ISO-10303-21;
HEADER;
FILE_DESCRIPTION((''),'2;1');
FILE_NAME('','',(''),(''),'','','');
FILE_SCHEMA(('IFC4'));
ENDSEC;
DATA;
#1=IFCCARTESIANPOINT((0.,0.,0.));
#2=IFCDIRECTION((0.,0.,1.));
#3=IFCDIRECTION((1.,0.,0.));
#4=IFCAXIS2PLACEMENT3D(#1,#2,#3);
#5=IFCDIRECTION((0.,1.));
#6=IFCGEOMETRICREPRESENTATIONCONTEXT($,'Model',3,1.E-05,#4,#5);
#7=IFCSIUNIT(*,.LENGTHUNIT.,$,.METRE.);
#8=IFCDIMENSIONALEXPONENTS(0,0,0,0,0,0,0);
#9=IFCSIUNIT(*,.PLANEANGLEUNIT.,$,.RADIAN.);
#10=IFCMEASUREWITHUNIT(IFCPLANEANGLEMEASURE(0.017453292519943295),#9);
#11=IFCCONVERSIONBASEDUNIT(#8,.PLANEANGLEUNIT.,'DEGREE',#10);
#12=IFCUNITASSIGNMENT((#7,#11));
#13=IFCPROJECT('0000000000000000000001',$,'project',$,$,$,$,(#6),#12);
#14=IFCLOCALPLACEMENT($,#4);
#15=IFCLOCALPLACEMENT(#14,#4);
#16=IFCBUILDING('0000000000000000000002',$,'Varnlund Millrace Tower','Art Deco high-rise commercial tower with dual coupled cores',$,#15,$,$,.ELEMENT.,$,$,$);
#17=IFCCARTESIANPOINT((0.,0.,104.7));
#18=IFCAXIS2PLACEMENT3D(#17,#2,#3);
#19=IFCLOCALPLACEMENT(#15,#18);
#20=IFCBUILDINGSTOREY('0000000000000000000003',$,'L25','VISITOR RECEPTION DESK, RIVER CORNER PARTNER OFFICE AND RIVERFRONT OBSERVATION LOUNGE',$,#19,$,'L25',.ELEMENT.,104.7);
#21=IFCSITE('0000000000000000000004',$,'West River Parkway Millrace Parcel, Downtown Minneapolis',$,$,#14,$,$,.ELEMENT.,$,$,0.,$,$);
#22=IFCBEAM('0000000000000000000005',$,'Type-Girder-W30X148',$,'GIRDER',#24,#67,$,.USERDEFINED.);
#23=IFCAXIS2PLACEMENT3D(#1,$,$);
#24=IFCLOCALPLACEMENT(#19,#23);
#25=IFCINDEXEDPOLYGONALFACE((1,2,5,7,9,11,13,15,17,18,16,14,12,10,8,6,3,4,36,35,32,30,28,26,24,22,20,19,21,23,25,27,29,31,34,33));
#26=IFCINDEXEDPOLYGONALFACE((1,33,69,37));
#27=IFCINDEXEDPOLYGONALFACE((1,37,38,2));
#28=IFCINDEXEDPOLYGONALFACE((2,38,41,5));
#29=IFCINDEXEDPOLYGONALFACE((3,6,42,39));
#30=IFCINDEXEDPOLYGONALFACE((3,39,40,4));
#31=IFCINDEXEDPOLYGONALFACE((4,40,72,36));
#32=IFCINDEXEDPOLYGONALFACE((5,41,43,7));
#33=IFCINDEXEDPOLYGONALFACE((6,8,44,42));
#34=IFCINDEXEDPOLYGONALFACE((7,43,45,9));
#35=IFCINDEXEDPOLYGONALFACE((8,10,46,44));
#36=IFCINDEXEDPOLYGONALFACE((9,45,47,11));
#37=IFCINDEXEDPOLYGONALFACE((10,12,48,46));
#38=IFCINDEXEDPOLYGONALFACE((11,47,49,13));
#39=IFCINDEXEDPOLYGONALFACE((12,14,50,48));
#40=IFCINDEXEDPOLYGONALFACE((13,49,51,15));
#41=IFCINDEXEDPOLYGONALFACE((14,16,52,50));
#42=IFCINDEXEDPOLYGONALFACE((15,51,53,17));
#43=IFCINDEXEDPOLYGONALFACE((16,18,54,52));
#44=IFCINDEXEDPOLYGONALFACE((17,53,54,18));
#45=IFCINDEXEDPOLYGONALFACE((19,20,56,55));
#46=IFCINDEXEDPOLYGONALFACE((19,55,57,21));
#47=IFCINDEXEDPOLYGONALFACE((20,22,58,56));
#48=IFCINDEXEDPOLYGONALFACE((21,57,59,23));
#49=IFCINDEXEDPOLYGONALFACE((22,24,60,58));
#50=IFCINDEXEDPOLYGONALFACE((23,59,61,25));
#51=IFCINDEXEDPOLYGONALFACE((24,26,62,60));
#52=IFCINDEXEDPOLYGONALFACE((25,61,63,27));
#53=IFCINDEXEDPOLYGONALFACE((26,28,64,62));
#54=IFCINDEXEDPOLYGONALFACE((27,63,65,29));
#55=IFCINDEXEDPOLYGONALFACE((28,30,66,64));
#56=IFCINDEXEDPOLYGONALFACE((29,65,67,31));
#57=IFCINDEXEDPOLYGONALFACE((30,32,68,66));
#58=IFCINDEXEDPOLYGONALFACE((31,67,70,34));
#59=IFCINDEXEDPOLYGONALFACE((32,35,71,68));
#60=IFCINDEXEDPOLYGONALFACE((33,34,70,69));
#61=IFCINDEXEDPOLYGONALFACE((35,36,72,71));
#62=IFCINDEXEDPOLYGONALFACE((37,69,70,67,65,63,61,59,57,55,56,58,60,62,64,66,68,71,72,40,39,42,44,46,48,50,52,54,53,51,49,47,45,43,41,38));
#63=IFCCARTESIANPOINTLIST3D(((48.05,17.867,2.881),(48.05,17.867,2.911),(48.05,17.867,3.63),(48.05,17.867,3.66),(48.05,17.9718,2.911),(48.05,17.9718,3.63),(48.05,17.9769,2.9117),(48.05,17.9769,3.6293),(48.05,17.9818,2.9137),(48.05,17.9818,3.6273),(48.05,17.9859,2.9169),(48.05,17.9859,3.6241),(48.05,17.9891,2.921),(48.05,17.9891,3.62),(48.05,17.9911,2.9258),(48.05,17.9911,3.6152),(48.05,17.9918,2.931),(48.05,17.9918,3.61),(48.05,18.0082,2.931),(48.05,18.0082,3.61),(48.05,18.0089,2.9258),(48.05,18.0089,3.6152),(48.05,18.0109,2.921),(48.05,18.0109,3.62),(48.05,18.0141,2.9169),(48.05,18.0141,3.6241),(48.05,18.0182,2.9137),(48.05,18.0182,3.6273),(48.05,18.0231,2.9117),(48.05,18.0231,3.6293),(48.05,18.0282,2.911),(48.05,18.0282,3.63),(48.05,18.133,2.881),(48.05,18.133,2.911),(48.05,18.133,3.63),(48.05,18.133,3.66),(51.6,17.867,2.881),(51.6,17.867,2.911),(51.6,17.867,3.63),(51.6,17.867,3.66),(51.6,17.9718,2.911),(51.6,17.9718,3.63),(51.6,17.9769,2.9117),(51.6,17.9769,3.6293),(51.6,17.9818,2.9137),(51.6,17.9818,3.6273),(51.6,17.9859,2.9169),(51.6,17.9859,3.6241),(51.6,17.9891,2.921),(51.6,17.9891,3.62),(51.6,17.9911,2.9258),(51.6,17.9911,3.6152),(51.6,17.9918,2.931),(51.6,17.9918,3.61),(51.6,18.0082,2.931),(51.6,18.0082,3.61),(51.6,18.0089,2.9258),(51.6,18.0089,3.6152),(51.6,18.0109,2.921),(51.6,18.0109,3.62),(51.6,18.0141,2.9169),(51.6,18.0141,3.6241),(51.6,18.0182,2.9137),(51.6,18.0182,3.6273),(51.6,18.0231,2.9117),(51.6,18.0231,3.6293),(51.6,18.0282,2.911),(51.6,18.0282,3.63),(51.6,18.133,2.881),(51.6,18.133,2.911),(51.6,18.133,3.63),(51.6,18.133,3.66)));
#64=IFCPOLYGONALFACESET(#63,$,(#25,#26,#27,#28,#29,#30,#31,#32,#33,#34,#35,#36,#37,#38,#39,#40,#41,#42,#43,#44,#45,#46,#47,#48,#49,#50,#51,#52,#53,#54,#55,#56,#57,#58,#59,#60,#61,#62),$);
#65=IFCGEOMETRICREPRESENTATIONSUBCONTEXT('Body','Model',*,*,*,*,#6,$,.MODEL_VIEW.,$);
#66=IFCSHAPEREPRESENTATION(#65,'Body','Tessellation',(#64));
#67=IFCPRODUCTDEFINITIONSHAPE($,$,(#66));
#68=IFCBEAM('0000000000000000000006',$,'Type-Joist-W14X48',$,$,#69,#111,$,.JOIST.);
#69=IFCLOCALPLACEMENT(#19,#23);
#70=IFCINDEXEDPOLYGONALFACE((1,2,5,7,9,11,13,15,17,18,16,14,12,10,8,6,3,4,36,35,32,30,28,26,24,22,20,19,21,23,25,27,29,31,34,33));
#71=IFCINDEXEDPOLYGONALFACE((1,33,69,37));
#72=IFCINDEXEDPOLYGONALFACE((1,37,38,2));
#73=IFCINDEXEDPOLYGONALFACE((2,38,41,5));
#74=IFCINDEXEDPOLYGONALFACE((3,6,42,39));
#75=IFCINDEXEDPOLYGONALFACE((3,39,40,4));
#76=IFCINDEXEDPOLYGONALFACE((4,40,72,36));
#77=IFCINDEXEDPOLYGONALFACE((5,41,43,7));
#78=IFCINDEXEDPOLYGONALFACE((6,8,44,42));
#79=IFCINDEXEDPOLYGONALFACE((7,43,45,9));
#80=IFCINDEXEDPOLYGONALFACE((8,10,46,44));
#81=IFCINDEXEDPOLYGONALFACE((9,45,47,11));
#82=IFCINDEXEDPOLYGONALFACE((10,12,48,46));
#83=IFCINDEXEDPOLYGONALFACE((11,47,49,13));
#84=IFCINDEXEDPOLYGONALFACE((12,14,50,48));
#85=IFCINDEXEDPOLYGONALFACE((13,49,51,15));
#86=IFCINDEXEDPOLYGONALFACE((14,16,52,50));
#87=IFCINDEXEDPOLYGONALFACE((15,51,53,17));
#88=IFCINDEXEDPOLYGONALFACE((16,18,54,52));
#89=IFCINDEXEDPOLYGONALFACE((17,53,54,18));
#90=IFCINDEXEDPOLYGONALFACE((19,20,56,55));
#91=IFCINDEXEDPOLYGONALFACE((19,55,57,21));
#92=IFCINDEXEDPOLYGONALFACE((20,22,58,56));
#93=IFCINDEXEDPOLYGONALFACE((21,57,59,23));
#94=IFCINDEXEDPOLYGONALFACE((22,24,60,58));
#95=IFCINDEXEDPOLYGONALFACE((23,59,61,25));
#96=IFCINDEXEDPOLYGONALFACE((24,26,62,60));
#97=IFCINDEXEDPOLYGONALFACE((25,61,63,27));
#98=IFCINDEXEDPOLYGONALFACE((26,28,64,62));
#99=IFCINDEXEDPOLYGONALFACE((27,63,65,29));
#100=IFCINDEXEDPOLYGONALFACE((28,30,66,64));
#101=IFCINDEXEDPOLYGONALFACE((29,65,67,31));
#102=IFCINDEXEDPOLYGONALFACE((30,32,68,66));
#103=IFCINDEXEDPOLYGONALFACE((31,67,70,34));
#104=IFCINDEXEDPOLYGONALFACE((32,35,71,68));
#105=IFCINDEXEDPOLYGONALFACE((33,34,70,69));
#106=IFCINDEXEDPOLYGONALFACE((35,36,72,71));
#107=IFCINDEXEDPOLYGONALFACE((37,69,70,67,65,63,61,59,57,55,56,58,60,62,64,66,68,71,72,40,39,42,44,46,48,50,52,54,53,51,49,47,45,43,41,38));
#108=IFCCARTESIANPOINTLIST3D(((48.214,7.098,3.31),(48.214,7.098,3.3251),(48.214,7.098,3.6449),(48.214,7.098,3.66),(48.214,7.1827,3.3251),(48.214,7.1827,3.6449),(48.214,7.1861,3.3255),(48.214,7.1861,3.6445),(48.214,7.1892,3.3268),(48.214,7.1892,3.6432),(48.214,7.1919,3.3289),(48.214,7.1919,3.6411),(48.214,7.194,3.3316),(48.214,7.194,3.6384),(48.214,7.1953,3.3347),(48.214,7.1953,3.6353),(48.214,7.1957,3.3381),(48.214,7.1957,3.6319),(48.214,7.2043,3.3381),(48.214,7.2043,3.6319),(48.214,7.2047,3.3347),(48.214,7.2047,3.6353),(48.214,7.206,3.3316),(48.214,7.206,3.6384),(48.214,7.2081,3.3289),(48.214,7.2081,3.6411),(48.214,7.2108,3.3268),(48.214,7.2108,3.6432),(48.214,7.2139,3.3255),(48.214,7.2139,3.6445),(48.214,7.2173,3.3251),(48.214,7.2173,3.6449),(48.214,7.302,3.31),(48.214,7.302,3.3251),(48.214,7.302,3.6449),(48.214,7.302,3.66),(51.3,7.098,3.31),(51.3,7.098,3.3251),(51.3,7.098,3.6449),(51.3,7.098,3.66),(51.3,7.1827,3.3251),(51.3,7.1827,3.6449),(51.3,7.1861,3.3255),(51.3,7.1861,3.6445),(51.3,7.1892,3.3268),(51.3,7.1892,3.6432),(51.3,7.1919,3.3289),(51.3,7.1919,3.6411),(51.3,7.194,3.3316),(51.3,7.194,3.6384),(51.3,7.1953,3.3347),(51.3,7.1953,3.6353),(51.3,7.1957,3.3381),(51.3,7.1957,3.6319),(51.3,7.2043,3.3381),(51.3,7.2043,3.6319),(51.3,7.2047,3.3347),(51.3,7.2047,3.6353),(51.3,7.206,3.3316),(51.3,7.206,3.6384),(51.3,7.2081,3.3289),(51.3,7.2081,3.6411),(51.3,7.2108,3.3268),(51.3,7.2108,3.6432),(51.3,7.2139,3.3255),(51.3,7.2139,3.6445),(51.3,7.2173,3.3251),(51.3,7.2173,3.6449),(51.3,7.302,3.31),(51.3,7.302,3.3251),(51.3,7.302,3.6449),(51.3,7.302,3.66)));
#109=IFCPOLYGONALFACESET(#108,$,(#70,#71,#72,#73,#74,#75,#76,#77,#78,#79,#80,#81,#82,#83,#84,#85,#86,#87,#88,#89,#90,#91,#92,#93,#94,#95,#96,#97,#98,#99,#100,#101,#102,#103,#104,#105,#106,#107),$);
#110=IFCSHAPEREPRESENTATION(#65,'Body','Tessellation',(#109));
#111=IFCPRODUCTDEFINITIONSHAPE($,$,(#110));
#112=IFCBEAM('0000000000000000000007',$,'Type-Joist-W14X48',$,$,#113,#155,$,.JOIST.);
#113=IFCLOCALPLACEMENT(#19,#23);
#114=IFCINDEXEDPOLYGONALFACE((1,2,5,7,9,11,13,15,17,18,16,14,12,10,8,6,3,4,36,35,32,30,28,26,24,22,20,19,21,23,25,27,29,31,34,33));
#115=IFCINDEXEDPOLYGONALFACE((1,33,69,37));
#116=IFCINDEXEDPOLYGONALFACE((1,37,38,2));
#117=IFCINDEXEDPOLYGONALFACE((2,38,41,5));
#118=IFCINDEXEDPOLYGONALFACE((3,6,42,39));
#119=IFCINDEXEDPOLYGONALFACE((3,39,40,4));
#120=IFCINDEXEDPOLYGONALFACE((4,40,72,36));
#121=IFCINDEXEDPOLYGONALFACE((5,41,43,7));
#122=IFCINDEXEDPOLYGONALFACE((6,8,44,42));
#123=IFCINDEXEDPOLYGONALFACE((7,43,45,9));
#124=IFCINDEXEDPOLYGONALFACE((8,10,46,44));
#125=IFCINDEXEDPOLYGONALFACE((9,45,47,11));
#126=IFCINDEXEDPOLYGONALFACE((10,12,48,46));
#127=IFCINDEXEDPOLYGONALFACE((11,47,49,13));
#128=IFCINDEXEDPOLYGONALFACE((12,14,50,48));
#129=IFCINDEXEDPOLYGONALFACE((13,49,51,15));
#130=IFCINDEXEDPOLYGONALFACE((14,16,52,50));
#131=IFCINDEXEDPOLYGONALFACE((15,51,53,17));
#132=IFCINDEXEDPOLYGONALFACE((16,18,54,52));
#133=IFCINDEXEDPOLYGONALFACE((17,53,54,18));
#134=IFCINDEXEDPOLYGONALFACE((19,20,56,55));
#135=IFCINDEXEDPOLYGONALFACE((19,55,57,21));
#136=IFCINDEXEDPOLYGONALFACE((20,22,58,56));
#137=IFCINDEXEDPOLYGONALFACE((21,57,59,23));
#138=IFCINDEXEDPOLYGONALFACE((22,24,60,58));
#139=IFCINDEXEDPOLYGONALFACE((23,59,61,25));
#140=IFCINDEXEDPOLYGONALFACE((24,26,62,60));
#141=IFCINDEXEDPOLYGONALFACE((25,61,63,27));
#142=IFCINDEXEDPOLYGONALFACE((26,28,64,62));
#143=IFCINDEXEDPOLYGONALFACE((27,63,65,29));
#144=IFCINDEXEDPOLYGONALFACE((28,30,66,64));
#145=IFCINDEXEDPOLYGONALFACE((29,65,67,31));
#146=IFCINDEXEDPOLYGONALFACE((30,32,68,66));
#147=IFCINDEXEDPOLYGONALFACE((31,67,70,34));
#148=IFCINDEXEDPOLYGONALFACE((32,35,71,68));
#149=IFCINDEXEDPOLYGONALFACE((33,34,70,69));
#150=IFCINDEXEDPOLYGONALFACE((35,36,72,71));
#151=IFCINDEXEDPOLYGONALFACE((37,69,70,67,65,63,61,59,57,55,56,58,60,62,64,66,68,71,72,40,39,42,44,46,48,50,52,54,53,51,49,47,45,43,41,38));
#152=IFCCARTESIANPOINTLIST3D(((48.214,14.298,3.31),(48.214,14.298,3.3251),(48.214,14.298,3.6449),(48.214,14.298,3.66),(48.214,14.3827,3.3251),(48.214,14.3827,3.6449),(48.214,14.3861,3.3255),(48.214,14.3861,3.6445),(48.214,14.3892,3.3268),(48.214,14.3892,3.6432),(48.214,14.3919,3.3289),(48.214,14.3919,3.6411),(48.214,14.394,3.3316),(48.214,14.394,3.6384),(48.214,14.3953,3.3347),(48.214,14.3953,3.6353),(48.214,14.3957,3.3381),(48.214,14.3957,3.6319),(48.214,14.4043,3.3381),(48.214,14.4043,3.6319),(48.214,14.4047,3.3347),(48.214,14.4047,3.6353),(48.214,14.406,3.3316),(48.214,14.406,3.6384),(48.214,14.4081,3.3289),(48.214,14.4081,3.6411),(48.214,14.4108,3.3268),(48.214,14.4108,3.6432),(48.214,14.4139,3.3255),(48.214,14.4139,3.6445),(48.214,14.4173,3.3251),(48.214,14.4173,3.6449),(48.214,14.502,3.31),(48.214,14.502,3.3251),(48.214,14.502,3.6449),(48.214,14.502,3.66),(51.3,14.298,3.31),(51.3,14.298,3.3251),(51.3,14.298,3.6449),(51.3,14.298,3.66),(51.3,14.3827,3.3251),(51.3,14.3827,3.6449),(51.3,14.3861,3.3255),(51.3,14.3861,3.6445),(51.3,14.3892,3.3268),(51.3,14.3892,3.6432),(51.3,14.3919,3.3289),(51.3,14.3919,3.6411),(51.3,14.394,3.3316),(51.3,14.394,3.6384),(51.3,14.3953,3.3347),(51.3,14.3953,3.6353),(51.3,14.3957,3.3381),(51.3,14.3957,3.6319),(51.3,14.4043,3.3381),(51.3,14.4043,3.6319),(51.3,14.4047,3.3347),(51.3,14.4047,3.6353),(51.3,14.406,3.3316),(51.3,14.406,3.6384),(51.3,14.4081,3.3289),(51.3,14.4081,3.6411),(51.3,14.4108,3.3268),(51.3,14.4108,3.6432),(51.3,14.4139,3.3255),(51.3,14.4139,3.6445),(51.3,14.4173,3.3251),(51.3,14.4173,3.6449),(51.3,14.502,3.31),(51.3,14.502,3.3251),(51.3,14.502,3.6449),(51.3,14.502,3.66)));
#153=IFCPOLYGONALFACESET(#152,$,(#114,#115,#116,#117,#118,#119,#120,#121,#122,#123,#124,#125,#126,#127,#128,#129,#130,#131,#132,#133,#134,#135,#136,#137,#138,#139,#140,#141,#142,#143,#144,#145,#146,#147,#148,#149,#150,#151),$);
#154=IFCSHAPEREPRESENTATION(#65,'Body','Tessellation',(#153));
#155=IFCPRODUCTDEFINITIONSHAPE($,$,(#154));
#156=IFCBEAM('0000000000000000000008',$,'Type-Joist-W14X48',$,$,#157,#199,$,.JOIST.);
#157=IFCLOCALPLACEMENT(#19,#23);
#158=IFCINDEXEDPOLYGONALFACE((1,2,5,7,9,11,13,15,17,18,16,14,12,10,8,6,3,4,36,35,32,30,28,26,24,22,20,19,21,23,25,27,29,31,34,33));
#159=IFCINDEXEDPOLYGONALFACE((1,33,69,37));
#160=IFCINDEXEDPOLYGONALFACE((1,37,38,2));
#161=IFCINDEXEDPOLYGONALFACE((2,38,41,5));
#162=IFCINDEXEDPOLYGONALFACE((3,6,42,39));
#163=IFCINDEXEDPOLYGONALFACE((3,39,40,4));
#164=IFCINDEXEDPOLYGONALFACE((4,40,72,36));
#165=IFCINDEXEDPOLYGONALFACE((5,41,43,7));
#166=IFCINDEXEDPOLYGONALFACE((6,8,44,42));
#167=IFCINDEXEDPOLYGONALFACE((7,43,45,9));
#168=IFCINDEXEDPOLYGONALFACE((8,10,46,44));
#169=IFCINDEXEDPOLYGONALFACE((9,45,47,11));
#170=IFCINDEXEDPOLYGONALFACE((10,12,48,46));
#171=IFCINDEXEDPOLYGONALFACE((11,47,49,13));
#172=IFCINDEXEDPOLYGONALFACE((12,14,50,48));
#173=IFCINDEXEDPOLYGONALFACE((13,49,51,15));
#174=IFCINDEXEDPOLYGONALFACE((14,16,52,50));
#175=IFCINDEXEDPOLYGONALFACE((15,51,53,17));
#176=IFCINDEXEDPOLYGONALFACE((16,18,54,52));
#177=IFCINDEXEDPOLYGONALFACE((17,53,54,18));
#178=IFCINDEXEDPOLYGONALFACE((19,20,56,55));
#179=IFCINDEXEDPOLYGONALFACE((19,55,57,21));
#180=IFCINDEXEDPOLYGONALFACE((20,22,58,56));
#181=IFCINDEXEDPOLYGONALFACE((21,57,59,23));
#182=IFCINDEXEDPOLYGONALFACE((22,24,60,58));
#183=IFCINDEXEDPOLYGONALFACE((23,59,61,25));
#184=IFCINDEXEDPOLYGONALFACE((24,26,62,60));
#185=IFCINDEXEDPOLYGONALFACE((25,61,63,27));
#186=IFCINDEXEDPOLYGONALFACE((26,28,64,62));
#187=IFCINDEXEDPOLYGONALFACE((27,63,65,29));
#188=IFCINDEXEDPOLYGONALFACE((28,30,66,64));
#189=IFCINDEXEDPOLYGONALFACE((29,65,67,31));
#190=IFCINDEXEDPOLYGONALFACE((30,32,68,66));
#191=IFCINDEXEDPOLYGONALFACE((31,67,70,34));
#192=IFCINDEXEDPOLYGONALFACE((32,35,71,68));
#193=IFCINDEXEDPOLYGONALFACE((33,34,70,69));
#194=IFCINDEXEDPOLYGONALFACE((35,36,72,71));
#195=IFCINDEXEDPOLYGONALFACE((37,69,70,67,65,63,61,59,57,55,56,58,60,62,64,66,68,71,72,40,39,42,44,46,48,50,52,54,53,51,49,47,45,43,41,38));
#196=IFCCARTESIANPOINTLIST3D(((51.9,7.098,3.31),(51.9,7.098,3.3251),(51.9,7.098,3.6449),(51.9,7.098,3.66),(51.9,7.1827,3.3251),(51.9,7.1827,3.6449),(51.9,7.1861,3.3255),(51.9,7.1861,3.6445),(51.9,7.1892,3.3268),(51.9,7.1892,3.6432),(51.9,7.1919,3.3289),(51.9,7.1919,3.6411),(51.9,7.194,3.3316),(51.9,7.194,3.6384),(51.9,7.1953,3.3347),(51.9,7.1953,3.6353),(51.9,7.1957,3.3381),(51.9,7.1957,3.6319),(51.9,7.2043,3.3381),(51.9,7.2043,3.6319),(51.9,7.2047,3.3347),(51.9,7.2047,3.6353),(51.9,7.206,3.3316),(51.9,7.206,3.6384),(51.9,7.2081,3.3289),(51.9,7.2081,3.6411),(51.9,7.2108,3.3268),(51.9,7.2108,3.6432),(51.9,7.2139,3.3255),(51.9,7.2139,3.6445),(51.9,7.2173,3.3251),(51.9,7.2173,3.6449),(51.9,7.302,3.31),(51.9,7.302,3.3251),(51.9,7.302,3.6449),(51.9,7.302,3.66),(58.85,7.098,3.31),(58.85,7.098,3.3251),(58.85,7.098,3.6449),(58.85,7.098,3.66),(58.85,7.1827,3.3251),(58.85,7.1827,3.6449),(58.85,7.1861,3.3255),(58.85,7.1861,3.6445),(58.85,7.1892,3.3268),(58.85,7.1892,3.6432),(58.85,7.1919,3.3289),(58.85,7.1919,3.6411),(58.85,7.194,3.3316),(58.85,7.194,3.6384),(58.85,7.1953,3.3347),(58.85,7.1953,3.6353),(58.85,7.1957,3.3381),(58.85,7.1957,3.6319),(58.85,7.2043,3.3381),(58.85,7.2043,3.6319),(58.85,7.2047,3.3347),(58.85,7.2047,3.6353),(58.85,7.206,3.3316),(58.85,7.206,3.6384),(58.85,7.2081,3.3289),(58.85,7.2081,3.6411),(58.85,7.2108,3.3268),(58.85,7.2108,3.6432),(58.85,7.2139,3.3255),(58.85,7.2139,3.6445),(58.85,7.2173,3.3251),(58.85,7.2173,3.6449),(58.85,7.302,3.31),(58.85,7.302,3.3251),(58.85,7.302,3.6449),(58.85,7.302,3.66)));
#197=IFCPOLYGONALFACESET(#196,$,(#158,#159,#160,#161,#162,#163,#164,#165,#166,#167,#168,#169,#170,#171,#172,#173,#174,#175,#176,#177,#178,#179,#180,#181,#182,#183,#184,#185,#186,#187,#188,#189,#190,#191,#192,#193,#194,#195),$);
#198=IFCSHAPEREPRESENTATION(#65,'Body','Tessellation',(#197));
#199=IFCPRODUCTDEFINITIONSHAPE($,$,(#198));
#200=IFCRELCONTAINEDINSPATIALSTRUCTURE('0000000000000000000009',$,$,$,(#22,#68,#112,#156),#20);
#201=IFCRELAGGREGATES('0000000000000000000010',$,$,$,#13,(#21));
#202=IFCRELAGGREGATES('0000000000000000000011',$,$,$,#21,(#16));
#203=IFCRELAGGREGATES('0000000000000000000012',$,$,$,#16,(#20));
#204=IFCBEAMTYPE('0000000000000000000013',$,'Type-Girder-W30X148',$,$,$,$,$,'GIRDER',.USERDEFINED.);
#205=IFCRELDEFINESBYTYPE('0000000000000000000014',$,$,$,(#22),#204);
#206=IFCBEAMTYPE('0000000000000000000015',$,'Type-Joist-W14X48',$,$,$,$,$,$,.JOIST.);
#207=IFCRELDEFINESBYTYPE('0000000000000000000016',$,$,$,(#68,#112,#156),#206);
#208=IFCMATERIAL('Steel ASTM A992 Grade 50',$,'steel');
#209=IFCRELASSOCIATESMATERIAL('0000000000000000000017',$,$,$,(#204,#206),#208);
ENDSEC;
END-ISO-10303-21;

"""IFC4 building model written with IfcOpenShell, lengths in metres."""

from ifc_helpers import new_model, entity, si_unit, converted_unit, direction, frame, origin_with_axes, origin_2d_with_axis, place, context, subcontext, project, spatial, i_section, extrude, material, material_profile, profile_set, type_object, element, save


model = new_model("IFC4")

# Units and contexts
model_context = context("Model", 3, precision=1e-05, world=origin_with_axes(), true_north=direction((0.0, 1.0)))
body_context = subcontext(model_context, "Body", "Model", "MODEL_VIEW")
ifc_project = project(units=[si_unit("LENGTHUNIT", "METRE"), converted_unit("PLANEANGLEUNIT", "DEGREE", entity("IfcPlaneAngleMeasure", 0.017453292519943295), si_unit("PLANEANGLEUNIT", "RADIAN"), dimensions=[0, 0, 0, 0, 0, 0, 0])], contexts=[model_context])

# Site, building, storey
site_placement = place(None, origin_with_axes())
site = spatial("IfcSite", under=ifc_project, at=site_placement, Name="West River Parkway Millrace Parcel, Downtown Minneapolis", CompositionType="ELEMENT", RefElevation=0.0)
building_placement = place(site_placement, origin_with_axes())
building = spatial("IfcBuilding", under=site, at=building_placement, Name="Varnlund Millrace Tower", Description="Art Deco high-rise commercial tower with dual coupled cores", CompositionType="ELEMENT")
storey_placement = place(building_placement, frame((0.0, 0.0, 104.7), z_axis=(0.0, 0.0, 1.0), x_axis=(1.0, 0.0, 0.0)))
storey = spatial("IfcBuildingStorey", under=building, at=storey_placement, Name="L25", Description="VISITOR RECEPTION DESK, RIVER CORNER PARTNER OFFICE AND RIVERFRONT OBSERVATION LOUNGE", LongName="L25", CompositionType="ELEMENT", Elevation=104.7)

# Beams
ifc_material_1 = material(Name="Steel ASTM A992 Grade 50", Category="steel")
ifc_material_profile_1 = material_profile(ifc_material_1, i_section(OverallWidth=0.266, OverallDepth=0.779, WebThickness=0.0165, FlangeThickness=0.03, FilletRadius=0.02, at=origin_2d_with_axis()), Name="Steel ASTM A992 Grade 50")
ifc_profile_set_1 = profile_set([ifc_material_profile_1], Name="Steel ASTM A992 Grade 50")
beam_type_1 = type_object("IfcBeamType", Name="Type-Girder-W30X148", ElementType="GIRDER", PredefinedType="USERDEFINED", material=ifc_profile_set_1)
beam_1_placement = place(storey_placement, frame((48.05, 18.0, 3.2705), z_axis=(1.0, 0.0, 0.0), x_axis=(0.0, 1.0, 0.0)))
element("IfcBeam", 1, at=beam_1_placement, inside=storey, type_object=beam_type_1, Name="Type-Girder-W30X148", ObjectType="GIRDER", PredefinedType="USERDEFINED", context=body_context, shape_type="SweptSolid", body=[
    extrude(i_section(OverallWidth=0.266, OverallDepth=0.779, WebThickness=0.0165, FlangeThickness=0.03, FilletRadius=0.02, at=origin_2d_with_axis()), origin_with_axes(), (0.0, 0.0, 1.0), 3.55),
])
ifc_material_profile_2 = material_profile(ifc_material_1, i_section(OverallWidth=0.204, OverallDepth=0.35, WebThickness=0.0086, FlangeThickness=0.0151, FilletRadius=0.013, at=origin_2d_with_axis()), Name="Steel ASTM A992 Grade 50")
ifc_profile_set_2 = profile_set([ifc_material_profile_2], Name="Steel ASTM A992 Grade 50")
beam_type_2 = type_object("IfcBeamType", Name="Type-Joist-W14X48", PredefinedType="JOIST", material=ifc_profile_set_2)
for number, where, z_axis, x_axis, name in (
    (2, (48.214, 7.2, 3.485), (1.0, 0.0, 0.0), (0.0, 1.0, 0.0), "Type-Joist-W14X48"),
    (3, (48.214, 14.4, 3.485), (1.0, 0.0, 0.0), (0.0, 1.0, 0.0), "Type-Joist-W14X48"),
):
    element("IfcBeam", number, at=place(storey_placement, frame(where, z_axis=z_axis, x_axis=x_axis)), inside=storey, type_object=beam_type_2, Name=name, PredefinedType="JOIST", context=body_context, shape_type="SweptSolid", body=[
        extrude(i_section(OverallWidth=0.204, OverallDepth=0.35, WebThickness=0.0086, FlangeThickness=0.0151, FilletRadius=0.013, at=origin_2d_with_axis()), origin_with_axes(), (0.0, 0.0, 1.0), 3.086),
    ])
for number, where, z_axis, x_axis, name in (
    (4, (51.9, 7.2, 3.485), (1.0, 0.0, 0.0), (0.0, 1.0, 0.0), "Type-Joist-W14X48"),
):
    element("IfcBeam", number, at=place(storey_placement, frame(where, z_axis=z_axis, x_axis=x_axis)), inside=storey, type_object=beam_type_2, Name=name, PredefinedType="JOIST", context=body_context, shape_type="SweptSolid", body=[
        extrude(i_section(OverallWidth=0.204, OverallDepth=0.35, WebThickness=0.0086, FlangeThickness=0.0151, FilletRadius=0.013, at=origin_2d_with_axis()), origin_with_axes(), (0.0, 0.0, 1.0), 6.95),
    ])

save(model, "model.ifc")
